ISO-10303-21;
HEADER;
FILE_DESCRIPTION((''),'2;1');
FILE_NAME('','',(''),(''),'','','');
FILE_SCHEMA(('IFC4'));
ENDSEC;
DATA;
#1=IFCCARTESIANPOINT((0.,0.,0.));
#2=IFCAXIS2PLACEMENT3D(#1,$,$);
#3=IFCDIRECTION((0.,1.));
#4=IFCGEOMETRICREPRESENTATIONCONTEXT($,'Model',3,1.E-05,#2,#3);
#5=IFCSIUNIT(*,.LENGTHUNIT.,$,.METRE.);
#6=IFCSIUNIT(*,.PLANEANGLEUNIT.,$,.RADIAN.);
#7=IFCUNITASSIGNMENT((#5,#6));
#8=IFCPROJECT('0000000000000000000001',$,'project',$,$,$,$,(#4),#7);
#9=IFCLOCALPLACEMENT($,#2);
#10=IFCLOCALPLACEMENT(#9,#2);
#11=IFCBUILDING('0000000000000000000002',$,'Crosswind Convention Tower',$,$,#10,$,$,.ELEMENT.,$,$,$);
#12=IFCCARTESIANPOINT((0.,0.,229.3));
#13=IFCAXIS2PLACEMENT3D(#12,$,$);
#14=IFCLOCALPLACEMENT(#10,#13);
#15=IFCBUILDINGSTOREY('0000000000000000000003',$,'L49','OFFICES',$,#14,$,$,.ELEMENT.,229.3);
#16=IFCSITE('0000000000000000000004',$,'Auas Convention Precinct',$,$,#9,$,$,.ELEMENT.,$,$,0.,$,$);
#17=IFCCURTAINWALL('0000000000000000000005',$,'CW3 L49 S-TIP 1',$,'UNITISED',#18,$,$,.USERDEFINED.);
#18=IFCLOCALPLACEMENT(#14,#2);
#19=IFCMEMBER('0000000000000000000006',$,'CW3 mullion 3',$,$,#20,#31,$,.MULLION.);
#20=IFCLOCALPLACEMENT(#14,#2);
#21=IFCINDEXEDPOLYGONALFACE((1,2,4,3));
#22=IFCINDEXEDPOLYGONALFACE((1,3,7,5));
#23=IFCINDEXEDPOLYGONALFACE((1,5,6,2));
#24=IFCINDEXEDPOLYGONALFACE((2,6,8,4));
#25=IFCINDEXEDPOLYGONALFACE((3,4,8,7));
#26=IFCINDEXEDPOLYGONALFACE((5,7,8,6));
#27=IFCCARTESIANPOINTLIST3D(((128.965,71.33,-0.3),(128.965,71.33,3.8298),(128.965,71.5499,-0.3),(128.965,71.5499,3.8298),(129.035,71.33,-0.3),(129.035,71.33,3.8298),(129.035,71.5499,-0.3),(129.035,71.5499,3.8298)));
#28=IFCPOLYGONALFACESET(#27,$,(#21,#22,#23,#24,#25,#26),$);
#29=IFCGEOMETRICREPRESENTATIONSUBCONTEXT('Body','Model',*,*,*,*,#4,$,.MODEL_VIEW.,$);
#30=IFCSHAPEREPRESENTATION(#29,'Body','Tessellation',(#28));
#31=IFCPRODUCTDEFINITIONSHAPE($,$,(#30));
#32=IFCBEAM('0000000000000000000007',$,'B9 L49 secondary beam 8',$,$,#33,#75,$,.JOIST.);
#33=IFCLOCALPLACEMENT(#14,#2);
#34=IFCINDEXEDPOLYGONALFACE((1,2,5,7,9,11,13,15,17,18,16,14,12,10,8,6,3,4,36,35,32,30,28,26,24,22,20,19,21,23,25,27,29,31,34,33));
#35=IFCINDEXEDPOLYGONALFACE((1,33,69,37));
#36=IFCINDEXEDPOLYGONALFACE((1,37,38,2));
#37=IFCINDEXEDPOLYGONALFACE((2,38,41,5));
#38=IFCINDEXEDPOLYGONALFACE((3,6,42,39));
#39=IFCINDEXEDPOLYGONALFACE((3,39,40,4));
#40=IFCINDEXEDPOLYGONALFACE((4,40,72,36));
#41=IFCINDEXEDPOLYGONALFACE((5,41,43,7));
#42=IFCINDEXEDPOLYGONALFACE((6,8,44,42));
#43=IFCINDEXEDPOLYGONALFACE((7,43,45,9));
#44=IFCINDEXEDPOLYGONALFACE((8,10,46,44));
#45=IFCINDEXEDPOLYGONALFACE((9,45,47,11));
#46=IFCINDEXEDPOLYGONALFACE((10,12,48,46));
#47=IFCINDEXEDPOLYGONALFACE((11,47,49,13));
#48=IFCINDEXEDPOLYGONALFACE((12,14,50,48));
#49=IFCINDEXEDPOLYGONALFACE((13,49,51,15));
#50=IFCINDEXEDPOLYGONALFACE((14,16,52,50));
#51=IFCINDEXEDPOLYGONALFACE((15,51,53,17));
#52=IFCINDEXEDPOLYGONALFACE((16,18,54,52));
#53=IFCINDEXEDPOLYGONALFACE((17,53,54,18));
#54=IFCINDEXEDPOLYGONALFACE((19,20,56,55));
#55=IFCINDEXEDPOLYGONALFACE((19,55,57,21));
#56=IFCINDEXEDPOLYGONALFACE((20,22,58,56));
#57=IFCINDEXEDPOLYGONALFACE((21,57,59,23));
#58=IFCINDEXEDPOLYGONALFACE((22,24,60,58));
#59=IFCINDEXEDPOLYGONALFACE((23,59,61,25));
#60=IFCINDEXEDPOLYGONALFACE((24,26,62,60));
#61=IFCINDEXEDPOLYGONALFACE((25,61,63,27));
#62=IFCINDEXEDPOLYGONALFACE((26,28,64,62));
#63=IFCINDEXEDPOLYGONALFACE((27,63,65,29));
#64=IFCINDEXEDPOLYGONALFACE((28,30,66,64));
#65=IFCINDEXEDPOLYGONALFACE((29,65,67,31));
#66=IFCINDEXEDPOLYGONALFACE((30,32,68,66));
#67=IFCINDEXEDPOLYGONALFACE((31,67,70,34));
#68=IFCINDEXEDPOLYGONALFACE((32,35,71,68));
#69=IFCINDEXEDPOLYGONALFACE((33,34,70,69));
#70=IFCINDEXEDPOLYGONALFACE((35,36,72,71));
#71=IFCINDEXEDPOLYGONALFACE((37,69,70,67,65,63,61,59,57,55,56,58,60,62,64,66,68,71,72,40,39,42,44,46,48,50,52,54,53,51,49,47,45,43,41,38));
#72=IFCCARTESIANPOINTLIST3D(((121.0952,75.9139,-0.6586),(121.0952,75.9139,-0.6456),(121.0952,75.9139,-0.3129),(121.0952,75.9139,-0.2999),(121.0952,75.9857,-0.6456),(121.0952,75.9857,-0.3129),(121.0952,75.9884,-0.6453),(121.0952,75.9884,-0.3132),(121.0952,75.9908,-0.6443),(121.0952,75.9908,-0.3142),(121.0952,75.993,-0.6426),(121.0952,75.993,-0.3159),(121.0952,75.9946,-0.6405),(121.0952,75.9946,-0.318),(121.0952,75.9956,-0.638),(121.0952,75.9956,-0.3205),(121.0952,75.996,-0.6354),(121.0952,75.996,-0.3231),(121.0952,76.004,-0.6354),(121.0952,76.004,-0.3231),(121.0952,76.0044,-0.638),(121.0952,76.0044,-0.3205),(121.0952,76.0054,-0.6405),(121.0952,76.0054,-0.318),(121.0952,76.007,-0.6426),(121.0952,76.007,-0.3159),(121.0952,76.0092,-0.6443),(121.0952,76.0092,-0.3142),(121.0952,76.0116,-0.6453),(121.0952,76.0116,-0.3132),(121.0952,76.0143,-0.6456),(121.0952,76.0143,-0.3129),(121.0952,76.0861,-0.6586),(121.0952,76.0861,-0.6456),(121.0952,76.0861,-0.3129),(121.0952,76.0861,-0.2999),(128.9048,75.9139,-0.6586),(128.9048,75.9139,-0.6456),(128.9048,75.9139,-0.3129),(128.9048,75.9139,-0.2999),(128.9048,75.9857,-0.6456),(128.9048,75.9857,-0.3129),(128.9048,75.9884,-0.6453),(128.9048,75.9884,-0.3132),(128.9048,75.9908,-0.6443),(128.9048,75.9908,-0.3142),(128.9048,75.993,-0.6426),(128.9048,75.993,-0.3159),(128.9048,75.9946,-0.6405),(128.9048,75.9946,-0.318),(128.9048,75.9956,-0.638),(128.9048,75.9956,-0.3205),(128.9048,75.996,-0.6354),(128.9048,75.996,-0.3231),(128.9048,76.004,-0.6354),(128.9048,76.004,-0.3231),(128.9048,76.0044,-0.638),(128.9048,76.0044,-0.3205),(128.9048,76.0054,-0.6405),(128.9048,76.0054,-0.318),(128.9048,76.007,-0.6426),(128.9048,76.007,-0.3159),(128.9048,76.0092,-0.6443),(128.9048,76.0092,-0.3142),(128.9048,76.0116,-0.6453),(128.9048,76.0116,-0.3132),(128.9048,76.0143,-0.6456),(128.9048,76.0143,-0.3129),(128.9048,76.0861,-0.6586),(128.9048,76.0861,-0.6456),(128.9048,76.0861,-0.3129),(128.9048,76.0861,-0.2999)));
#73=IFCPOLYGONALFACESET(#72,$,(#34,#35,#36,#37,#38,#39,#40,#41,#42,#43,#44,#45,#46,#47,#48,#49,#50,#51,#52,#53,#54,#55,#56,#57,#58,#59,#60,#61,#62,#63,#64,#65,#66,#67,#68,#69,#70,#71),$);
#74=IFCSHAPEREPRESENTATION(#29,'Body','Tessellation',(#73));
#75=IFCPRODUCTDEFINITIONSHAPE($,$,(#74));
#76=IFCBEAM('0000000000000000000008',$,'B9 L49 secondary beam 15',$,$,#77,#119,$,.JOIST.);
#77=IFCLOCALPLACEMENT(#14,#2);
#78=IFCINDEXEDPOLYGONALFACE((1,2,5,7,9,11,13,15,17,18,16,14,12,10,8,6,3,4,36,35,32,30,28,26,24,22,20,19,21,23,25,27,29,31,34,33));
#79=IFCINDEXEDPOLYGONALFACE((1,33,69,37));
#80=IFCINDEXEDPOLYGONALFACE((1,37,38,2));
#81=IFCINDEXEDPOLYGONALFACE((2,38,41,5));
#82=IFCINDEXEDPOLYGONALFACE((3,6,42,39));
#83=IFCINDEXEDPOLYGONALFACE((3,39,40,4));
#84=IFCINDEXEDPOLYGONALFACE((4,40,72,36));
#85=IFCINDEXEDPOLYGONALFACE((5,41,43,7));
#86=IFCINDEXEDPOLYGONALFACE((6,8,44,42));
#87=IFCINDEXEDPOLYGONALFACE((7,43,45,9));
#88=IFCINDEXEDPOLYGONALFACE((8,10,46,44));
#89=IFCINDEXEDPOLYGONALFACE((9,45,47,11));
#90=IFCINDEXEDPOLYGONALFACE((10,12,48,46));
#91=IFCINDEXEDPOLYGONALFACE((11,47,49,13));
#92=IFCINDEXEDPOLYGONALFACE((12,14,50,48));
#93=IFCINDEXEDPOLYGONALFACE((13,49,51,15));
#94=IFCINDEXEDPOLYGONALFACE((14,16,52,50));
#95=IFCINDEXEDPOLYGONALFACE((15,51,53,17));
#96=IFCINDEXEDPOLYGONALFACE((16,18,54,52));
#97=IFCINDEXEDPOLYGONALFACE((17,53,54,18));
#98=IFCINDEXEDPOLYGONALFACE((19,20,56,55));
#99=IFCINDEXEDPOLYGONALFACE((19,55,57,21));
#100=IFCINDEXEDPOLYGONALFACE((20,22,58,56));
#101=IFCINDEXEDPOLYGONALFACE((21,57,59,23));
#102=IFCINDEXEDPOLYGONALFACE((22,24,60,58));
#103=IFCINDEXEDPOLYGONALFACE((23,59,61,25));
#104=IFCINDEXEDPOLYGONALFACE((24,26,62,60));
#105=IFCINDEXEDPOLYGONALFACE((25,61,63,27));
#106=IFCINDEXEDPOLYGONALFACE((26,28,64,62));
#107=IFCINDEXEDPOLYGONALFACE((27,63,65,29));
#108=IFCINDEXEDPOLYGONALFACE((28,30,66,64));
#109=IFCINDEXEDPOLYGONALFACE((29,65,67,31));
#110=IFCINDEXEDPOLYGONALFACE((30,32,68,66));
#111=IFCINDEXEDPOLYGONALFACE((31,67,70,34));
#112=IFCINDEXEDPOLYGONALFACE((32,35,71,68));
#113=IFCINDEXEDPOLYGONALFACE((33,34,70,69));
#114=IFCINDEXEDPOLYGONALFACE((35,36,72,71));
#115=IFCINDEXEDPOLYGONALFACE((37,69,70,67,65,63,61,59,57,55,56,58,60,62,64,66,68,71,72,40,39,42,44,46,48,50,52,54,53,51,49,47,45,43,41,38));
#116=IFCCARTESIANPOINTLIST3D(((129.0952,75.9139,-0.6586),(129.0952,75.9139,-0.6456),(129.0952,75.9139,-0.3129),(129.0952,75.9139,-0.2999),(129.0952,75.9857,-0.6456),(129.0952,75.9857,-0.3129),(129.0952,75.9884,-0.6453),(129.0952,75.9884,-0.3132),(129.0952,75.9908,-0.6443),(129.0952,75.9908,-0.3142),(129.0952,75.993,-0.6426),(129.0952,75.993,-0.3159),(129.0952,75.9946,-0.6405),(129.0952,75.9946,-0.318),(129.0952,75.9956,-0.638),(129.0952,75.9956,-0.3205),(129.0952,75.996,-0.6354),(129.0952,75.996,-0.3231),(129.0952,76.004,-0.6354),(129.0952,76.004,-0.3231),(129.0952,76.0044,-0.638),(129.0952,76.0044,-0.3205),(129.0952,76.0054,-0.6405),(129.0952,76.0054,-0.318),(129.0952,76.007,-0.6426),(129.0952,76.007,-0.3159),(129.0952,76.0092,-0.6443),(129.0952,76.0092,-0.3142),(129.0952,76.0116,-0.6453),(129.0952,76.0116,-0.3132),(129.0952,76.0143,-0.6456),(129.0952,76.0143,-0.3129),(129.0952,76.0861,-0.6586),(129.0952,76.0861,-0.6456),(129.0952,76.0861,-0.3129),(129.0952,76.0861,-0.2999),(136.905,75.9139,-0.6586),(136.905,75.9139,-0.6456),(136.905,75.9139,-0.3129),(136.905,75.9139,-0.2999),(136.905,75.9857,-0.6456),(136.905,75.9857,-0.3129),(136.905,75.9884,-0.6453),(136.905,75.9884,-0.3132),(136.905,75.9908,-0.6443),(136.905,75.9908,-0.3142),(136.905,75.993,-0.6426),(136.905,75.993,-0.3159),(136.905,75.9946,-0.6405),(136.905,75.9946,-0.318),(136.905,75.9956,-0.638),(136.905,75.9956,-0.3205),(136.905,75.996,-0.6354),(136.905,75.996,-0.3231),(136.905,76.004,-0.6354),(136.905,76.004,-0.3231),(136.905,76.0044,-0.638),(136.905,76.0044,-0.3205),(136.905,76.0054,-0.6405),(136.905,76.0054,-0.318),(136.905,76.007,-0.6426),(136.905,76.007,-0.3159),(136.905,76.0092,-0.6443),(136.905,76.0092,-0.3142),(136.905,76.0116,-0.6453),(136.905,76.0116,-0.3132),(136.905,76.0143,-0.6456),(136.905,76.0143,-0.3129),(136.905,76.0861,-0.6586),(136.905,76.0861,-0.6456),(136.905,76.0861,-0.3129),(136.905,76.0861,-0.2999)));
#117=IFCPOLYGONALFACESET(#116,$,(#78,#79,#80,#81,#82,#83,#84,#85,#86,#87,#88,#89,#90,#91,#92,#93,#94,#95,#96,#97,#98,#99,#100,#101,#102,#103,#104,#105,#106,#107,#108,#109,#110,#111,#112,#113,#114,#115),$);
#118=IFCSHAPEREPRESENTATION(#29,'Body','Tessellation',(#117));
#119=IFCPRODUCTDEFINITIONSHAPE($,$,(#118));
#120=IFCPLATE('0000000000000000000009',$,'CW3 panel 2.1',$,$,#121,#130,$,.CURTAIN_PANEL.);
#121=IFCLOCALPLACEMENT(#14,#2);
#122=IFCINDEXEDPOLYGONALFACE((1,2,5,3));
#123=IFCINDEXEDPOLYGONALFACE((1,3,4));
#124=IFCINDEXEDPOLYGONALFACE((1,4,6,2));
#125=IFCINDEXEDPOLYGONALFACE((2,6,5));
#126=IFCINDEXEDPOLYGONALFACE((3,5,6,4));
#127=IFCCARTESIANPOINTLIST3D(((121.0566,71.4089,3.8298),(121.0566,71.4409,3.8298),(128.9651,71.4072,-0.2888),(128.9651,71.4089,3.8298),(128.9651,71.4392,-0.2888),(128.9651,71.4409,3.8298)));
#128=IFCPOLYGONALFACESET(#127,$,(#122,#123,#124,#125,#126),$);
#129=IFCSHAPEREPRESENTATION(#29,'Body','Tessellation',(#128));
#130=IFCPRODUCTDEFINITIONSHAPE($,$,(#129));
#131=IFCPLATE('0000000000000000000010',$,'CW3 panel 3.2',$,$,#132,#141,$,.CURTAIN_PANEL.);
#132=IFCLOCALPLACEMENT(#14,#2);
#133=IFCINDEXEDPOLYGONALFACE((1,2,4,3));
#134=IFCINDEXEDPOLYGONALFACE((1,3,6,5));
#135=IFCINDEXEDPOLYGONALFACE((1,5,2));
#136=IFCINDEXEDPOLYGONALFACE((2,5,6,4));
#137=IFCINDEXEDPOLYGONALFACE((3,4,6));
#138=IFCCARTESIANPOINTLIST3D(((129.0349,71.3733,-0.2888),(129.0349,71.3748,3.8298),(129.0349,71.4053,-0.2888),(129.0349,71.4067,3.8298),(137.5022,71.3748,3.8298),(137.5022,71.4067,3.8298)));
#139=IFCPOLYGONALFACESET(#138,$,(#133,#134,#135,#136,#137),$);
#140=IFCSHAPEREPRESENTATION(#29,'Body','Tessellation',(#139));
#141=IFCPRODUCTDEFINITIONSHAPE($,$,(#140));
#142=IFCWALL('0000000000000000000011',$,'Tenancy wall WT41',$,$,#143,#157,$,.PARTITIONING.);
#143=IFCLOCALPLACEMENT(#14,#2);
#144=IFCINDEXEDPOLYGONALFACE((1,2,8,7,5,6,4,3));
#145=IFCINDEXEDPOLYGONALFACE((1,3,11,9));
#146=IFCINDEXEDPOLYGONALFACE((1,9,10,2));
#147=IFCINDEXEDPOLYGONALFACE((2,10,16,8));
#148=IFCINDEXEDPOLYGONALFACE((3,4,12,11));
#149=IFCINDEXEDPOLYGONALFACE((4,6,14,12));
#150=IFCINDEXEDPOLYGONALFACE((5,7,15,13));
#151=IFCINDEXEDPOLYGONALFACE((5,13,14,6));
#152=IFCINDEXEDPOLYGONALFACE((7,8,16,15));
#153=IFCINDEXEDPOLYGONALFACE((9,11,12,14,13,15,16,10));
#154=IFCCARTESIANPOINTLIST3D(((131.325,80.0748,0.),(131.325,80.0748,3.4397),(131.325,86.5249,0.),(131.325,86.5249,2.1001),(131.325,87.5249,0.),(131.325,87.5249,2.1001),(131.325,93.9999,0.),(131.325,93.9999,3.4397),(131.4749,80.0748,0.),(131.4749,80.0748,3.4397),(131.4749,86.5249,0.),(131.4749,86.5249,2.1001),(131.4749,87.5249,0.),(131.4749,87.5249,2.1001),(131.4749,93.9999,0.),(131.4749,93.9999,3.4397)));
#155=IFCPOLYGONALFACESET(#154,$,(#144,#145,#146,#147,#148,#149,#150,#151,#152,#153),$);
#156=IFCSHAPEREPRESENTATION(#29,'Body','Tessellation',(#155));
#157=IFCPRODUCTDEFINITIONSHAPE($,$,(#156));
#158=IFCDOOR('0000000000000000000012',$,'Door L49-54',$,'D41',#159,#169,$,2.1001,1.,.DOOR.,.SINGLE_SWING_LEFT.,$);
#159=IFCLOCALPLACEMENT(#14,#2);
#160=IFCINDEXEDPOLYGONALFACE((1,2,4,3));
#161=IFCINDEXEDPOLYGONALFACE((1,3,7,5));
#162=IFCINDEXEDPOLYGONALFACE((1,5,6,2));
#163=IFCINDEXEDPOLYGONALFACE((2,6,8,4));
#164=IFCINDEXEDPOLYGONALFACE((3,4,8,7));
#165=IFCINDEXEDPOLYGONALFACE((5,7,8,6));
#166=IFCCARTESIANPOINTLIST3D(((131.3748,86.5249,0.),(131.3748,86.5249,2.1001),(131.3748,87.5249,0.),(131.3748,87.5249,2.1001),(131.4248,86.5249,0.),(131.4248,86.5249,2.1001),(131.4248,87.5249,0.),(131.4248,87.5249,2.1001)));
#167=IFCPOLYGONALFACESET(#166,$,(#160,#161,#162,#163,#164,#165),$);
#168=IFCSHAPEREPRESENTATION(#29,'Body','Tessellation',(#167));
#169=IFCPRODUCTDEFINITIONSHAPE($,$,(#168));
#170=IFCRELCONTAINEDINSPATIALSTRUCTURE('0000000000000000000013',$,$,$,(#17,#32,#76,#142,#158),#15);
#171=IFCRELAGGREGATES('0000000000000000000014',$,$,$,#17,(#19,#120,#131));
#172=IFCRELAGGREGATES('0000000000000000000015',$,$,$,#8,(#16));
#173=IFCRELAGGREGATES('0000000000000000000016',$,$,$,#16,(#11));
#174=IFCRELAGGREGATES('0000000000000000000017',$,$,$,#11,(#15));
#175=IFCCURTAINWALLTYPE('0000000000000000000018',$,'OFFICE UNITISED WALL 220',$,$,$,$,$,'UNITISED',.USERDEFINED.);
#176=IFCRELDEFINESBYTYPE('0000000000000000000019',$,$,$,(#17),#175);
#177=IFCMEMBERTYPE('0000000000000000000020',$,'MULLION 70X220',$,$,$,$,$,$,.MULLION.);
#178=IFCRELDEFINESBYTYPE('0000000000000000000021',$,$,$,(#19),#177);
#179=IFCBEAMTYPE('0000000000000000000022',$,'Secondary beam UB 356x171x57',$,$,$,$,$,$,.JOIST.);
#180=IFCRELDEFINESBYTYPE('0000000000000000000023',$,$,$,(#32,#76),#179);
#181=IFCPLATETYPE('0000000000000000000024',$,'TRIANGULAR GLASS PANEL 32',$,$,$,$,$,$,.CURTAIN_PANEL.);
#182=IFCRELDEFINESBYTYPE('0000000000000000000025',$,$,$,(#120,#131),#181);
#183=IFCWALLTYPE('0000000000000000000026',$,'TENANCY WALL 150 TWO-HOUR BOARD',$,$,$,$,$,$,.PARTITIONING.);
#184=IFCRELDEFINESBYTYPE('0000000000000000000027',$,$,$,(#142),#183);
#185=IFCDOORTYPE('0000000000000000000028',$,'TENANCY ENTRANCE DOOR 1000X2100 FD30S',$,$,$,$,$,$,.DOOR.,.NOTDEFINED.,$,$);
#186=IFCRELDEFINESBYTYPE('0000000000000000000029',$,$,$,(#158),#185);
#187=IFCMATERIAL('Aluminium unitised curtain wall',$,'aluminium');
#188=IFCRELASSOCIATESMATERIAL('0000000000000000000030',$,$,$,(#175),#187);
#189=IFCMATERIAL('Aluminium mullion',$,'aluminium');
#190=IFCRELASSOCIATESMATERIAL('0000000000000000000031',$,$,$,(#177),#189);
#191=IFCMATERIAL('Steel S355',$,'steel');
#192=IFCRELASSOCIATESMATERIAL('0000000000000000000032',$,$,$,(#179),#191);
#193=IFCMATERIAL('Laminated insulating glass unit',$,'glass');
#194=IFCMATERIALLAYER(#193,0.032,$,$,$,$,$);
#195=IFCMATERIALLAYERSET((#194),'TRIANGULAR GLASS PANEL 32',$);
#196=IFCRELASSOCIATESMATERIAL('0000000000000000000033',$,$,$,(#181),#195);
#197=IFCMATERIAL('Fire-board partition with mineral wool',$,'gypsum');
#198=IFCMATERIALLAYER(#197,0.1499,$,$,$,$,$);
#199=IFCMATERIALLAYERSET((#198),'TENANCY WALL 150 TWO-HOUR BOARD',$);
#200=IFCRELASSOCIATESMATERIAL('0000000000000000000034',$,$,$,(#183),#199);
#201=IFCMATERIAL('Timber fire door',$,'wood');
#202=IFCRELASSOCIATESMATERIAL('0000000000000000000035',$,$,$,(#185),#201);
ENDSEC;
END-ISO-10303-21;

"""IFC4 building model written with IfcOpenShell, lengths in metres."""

from ifc_helpers import new_model, si_unit, direction, frame, frame_2d, origin, origin_2d, place, context, subcontext, project, spatial, polyline, rectangle, i_section, outline, extrude, material, layer, layer_set, material_profile, profile_set, type_object, element, fill, aggregate, save


model = new_model("IFC4")

# Units and contexts
model_context = context("Model", 3, precision=1e-05, world=origin(), true_north=direction((0.0, 1.0)))
body_context = subcontext(model_context, "Body", "Model", "MODEL_VIEW")
ifc_project = project(units=[si_unit("LENGTHUNIT", "METRE"), si_unit("PLANEANGLEUNIT", "RADIAN")], contexts=[model_context])

# Site, building, storey
site_placement = place(None, origin())
site = spatial("IfcSite", under=ifc_project, at=site_placement, Name="Auas Convention Precinct", CompositionType="ELEMENT", RefElevation=0.0)
building_placement = place(site_placement, origin())
building = spatial("IfcBuilding", under=site, at=building_placement, Name="Crosswind Convention Tower", CompositionType="ELEMENT")
storey_placement = place(building_placement, frame((0.0, 0.0, 229.3)))
storey = spatial("IfcBuildingStorey", under=building, at=storey_placement, Name="L49", Description="OFFICES", CompositionType="ELEMENT", Elevation=229.3)

# Shared definitions
ifc_material_1 = material(Name="Steel S355", Category="steel")

# Curtain wall, member
ifc_material_2 = material(Name="Aluminium unitised curtain wall", Category="aluminium")
curtain_wall_type = type_object("IfcCurtainWallType", Name="OFFICE UNITISED WALL 220", ElementType="UNITISED", PredefinedType="USERDEFINED", material=ifc_material_2)
curtain_wall_placement = place(storey_placement, origin())
curtain_wall = element("IfcCurtainWall", 1, at=curtain_wall_placement, inside=storey, type_object=curtain_wall_type, Name="CW3 L49 S-TIP 1", ObjectType="UNITISED", PredefinedType="USERDEFINED")
ifc_material_3 = material(Name="Aluminium mullion", Category="aluminium")
ifc_material_profile_1 = material_profile(ifc_material_3, rectangle(XDim=0.22, YDim=0.0701, at=origin_2d()), Name="AL 220X70")
ifc_profile_set_1 = profile_set([ifc_material_profile_1], Name="Aluminium mullion")
member_type = type_object("IfcMemberType", Name="MULLION 70X220", PredefinedType="MULLION", material=ifc_profile_set_1)
member_placement = place(storey_placement, frame((129.0, 71.4399, -0.3), z_axis=(0.0, 0.0, 1.0), x_axis=(0.0, -1.0, 0.0)))
member = element("IfcMember", 2, at=member_placement, type_object=member_type, Name="CW3 mullion 3", PredefinedType="MULLION", context=body_context, shape_type="SweptSolid", body=[
    extrude(rectangle(XDim=0.22, YDim=0.0701, at=origin_2d()), origin(), (0.0, 0.0, 1.0), 4.1299),
])

# Beams
ifc_material_profile_2 = material_profile(ifc_material_1, i_section(OverallWidth=0.1721, OverallDepth=0.3586, WebThickness=0.0081, FlangeThickness=0.0129, FilletRadius=0.0103, at=origin_2d()), Name="UB 356x171x57")
ifc_profile_set_2 = profile_set([ifc_material_profile_2], Name="Steel S355")
beam_type_1 = type_object("IfcBeamType", Name="Secondary beam UB 356x171x57", PredefinedType="JOIST", material=ifc_profile_set_2)
beam_1_placement = place(storey_placement, frame((121.0952, 76.0, -0.4792), z_axis=(1.0, 0.0, 0.0), x_axis=(0.0, 1.0, 0.0)))
element("IfcBeam", 3, at=beam_1_placement, inside=storey, type_object=beam_type_1, Name="B9 L49 secondary beam 8", PredefinedType="JOIST", context=body_context, shape_type="SweptSolid", body=[
    extrude(i_section(OverallWidth=0.1721, OverallDepth=0.3586, WebThickness=0.0081, FlangeThickness=0.0129, FilletRadius=0.0103, at=origin_2d()), origin(), (0.0, 0.0, 1.0), 7.8096),
])
beam_2_placement = place(storey_placement, frame((129.0952, 76.0, -0.4792), z_axis=(1.0, 0.0, 0.0), x_axis=(0.0, 1.0, 0.0)))
element("IfcBeam", 4, at=beam_2_placement, inside=storey, type_object=beam_type_1, Name="B9 L49 secondary beam 15", PredefinedType="JOIST", context=body_context, shape_type="SweptSolid", body=[
    extrude(i_section(OverallWidth=0.1721, OverallDepth=0.3586, WebThickness=0.0081, FlangeThickness=0.0129, FilletRadius=0.0103, at=origin_2d()), origin(), (0.0, 0.0, 1.0), 7.8098),
])

# Plates
ifc_material_4 = material(Name="Laminated insulating glass unit", Category="glass")
ifc_layer_1 = layer(ifc_material_4, 0.032)
ifc_layer_set_1 = layer_set([ifc_layer_1], Name="TRIANGULAR GLASS PANEL 32")
plate_type = type_object("IfcPlateType", Name="TRIANGULAR GLASS PANEL 32", PredefinedType="CURTAIN_PANEL", material=ifc_layer_set_1)
plate_1_placement = place(storey_placement, frame((128.9651, 71.4089, 3.8298), z_axis=(0.0, -1.0, 0.000415), x_axis=(-1.0, 0.0, 0.0)))
plate_1 = element("IfcPlate", 5, at=plate_1_placement, type_object=plate_type, Name="CW3 panel 2.1", PredefinedType="CURTAIN_PANEL", context=body_context, shape_type="SweptSolid", body=[
    extrude(outline(polyline([(0.0, 0.0), (7.9084, 0.0), (0.0, 4.1187), (0.0, 0.0)])), origin(), (0.0, 0.0, -1.0), 0.032),
])
plate_2_placement = place(storey_placement, frame((129.0349, 71.3748, 3.8298), z_axis=(0.0, -1.0, 0.000356), x_axis=(0.0, -0.000356, -1.0)))
plate_2 = element("IfcPlate", 6, at=plate_2_placement, type_object=plate_type, Name="CW3 panel 3.2", PredefinedType="CURTAIN_PANEL", context=body_context, shape_type="SweptSolid", body=[
    extrude(outline(polyline([(0.0, 0.0), (4.1187, 0.0), (0.0, 8.4673), (0.0, 0.0)])), origin(), (0.0, 0.0, -1.0), 0.032),
])
aggregate(curtain_wall, [member, plate_1, plate_2])

# Wall, opening, door
ifc_material_5 = material(Name="Fire-board partition with mineral wool", Category="gypsum")
ifc_layer_2 = layer(ifc_material_5, 0.1499)
ifc_layer_set_2 = layer_set([ifc_layer_2], Name="TENANCY WALL 150 TWO-HOUR BOARD")
wall_type = type_object("IfcWallType", Name="TENANCY WALL 150 TWO-HOUR BOARD", PredefinedType="PARTITIONING", material=ifc_layer_set_2)
wall_placement = place(storey_placement, frame((131.3999, 80.075, 0.0), z_axis=(0.0, 0.0, 1.0), x_axis=(0.0, 1.0, 0.0)))
wall = element("IfcWall", 7, at=wall_placement, inside=storey, type_object=wall_type, Name="Tenancy wall WT41", PredefinedType="PARTITIONING", context=body_context, shape_type="SweptSolid", body=[
    extrude(rectangle(XDim=13.925, YDim=0.1499, at=frame_2d((6.9624, 0.0))), origin(), (0.0, 0.0, 1.0), 3.4397),
])
opening_placement = place(wall_placement, frame((6.45, 0.0, 0.0)))
opening = element("IfcOpeningElement", 8, at=opening_placement, cuts=wall, PredefinedType="OPENING", context=body_context, shape_type="SweptSolid", body=[
    extrude(rectangle(XDim=1.0, YDim=2.1001, at=frame_2d((0.5, 1.05))), frame((0.0, 0.085, 0.0), z_axis=(0.0, -1.0, 0.0), x_axis=(1.0, 0.0, 0.0)), (0.0, 0.0, 1.0), 0.1699),
])
ifc_material_6 = material(Name="Timber fire door", Category="wood")
door_type = type_object("IfcDoorType", Name="TENANCY ENTRANCE DOOR 1000X2100 FD30S", OperationType="NOTDEFINED", PredefinedType="DOOR", material=ifc_material_6)
door_placement = place(opening_placement, frame((1.0, 0.0, 0.0), z_axis=(0.0, 0.0, 1.0), x_axis=(-1.0, 0.0, 0.0)))
door = element("IfcDoor", 9, at=door_placement, inside=storey, type_object=door_type, Name="Door L49-54", ObjectType="D41", OperationType="SINGLE_SWING_LEFT", OverallHeight=2.1001, OverallWidth=1.0, PredefinedType="DOOR", context=body_context, shape_type="SweptSolid", body=[
    extrude(rectangle(XDim=1.0, YDim=2.1001, at=frame_2d((0.5, 1.05))), frame((0.0, 0.0249, 0.0), z_axis=(0.0, -1.0, 0.0), x_axis=(1.0, 0.0, 0.0)), (0.0, 0.0, 1.0), 0.05),
])
fill(opening, door)

save(model, "model.ifc")
